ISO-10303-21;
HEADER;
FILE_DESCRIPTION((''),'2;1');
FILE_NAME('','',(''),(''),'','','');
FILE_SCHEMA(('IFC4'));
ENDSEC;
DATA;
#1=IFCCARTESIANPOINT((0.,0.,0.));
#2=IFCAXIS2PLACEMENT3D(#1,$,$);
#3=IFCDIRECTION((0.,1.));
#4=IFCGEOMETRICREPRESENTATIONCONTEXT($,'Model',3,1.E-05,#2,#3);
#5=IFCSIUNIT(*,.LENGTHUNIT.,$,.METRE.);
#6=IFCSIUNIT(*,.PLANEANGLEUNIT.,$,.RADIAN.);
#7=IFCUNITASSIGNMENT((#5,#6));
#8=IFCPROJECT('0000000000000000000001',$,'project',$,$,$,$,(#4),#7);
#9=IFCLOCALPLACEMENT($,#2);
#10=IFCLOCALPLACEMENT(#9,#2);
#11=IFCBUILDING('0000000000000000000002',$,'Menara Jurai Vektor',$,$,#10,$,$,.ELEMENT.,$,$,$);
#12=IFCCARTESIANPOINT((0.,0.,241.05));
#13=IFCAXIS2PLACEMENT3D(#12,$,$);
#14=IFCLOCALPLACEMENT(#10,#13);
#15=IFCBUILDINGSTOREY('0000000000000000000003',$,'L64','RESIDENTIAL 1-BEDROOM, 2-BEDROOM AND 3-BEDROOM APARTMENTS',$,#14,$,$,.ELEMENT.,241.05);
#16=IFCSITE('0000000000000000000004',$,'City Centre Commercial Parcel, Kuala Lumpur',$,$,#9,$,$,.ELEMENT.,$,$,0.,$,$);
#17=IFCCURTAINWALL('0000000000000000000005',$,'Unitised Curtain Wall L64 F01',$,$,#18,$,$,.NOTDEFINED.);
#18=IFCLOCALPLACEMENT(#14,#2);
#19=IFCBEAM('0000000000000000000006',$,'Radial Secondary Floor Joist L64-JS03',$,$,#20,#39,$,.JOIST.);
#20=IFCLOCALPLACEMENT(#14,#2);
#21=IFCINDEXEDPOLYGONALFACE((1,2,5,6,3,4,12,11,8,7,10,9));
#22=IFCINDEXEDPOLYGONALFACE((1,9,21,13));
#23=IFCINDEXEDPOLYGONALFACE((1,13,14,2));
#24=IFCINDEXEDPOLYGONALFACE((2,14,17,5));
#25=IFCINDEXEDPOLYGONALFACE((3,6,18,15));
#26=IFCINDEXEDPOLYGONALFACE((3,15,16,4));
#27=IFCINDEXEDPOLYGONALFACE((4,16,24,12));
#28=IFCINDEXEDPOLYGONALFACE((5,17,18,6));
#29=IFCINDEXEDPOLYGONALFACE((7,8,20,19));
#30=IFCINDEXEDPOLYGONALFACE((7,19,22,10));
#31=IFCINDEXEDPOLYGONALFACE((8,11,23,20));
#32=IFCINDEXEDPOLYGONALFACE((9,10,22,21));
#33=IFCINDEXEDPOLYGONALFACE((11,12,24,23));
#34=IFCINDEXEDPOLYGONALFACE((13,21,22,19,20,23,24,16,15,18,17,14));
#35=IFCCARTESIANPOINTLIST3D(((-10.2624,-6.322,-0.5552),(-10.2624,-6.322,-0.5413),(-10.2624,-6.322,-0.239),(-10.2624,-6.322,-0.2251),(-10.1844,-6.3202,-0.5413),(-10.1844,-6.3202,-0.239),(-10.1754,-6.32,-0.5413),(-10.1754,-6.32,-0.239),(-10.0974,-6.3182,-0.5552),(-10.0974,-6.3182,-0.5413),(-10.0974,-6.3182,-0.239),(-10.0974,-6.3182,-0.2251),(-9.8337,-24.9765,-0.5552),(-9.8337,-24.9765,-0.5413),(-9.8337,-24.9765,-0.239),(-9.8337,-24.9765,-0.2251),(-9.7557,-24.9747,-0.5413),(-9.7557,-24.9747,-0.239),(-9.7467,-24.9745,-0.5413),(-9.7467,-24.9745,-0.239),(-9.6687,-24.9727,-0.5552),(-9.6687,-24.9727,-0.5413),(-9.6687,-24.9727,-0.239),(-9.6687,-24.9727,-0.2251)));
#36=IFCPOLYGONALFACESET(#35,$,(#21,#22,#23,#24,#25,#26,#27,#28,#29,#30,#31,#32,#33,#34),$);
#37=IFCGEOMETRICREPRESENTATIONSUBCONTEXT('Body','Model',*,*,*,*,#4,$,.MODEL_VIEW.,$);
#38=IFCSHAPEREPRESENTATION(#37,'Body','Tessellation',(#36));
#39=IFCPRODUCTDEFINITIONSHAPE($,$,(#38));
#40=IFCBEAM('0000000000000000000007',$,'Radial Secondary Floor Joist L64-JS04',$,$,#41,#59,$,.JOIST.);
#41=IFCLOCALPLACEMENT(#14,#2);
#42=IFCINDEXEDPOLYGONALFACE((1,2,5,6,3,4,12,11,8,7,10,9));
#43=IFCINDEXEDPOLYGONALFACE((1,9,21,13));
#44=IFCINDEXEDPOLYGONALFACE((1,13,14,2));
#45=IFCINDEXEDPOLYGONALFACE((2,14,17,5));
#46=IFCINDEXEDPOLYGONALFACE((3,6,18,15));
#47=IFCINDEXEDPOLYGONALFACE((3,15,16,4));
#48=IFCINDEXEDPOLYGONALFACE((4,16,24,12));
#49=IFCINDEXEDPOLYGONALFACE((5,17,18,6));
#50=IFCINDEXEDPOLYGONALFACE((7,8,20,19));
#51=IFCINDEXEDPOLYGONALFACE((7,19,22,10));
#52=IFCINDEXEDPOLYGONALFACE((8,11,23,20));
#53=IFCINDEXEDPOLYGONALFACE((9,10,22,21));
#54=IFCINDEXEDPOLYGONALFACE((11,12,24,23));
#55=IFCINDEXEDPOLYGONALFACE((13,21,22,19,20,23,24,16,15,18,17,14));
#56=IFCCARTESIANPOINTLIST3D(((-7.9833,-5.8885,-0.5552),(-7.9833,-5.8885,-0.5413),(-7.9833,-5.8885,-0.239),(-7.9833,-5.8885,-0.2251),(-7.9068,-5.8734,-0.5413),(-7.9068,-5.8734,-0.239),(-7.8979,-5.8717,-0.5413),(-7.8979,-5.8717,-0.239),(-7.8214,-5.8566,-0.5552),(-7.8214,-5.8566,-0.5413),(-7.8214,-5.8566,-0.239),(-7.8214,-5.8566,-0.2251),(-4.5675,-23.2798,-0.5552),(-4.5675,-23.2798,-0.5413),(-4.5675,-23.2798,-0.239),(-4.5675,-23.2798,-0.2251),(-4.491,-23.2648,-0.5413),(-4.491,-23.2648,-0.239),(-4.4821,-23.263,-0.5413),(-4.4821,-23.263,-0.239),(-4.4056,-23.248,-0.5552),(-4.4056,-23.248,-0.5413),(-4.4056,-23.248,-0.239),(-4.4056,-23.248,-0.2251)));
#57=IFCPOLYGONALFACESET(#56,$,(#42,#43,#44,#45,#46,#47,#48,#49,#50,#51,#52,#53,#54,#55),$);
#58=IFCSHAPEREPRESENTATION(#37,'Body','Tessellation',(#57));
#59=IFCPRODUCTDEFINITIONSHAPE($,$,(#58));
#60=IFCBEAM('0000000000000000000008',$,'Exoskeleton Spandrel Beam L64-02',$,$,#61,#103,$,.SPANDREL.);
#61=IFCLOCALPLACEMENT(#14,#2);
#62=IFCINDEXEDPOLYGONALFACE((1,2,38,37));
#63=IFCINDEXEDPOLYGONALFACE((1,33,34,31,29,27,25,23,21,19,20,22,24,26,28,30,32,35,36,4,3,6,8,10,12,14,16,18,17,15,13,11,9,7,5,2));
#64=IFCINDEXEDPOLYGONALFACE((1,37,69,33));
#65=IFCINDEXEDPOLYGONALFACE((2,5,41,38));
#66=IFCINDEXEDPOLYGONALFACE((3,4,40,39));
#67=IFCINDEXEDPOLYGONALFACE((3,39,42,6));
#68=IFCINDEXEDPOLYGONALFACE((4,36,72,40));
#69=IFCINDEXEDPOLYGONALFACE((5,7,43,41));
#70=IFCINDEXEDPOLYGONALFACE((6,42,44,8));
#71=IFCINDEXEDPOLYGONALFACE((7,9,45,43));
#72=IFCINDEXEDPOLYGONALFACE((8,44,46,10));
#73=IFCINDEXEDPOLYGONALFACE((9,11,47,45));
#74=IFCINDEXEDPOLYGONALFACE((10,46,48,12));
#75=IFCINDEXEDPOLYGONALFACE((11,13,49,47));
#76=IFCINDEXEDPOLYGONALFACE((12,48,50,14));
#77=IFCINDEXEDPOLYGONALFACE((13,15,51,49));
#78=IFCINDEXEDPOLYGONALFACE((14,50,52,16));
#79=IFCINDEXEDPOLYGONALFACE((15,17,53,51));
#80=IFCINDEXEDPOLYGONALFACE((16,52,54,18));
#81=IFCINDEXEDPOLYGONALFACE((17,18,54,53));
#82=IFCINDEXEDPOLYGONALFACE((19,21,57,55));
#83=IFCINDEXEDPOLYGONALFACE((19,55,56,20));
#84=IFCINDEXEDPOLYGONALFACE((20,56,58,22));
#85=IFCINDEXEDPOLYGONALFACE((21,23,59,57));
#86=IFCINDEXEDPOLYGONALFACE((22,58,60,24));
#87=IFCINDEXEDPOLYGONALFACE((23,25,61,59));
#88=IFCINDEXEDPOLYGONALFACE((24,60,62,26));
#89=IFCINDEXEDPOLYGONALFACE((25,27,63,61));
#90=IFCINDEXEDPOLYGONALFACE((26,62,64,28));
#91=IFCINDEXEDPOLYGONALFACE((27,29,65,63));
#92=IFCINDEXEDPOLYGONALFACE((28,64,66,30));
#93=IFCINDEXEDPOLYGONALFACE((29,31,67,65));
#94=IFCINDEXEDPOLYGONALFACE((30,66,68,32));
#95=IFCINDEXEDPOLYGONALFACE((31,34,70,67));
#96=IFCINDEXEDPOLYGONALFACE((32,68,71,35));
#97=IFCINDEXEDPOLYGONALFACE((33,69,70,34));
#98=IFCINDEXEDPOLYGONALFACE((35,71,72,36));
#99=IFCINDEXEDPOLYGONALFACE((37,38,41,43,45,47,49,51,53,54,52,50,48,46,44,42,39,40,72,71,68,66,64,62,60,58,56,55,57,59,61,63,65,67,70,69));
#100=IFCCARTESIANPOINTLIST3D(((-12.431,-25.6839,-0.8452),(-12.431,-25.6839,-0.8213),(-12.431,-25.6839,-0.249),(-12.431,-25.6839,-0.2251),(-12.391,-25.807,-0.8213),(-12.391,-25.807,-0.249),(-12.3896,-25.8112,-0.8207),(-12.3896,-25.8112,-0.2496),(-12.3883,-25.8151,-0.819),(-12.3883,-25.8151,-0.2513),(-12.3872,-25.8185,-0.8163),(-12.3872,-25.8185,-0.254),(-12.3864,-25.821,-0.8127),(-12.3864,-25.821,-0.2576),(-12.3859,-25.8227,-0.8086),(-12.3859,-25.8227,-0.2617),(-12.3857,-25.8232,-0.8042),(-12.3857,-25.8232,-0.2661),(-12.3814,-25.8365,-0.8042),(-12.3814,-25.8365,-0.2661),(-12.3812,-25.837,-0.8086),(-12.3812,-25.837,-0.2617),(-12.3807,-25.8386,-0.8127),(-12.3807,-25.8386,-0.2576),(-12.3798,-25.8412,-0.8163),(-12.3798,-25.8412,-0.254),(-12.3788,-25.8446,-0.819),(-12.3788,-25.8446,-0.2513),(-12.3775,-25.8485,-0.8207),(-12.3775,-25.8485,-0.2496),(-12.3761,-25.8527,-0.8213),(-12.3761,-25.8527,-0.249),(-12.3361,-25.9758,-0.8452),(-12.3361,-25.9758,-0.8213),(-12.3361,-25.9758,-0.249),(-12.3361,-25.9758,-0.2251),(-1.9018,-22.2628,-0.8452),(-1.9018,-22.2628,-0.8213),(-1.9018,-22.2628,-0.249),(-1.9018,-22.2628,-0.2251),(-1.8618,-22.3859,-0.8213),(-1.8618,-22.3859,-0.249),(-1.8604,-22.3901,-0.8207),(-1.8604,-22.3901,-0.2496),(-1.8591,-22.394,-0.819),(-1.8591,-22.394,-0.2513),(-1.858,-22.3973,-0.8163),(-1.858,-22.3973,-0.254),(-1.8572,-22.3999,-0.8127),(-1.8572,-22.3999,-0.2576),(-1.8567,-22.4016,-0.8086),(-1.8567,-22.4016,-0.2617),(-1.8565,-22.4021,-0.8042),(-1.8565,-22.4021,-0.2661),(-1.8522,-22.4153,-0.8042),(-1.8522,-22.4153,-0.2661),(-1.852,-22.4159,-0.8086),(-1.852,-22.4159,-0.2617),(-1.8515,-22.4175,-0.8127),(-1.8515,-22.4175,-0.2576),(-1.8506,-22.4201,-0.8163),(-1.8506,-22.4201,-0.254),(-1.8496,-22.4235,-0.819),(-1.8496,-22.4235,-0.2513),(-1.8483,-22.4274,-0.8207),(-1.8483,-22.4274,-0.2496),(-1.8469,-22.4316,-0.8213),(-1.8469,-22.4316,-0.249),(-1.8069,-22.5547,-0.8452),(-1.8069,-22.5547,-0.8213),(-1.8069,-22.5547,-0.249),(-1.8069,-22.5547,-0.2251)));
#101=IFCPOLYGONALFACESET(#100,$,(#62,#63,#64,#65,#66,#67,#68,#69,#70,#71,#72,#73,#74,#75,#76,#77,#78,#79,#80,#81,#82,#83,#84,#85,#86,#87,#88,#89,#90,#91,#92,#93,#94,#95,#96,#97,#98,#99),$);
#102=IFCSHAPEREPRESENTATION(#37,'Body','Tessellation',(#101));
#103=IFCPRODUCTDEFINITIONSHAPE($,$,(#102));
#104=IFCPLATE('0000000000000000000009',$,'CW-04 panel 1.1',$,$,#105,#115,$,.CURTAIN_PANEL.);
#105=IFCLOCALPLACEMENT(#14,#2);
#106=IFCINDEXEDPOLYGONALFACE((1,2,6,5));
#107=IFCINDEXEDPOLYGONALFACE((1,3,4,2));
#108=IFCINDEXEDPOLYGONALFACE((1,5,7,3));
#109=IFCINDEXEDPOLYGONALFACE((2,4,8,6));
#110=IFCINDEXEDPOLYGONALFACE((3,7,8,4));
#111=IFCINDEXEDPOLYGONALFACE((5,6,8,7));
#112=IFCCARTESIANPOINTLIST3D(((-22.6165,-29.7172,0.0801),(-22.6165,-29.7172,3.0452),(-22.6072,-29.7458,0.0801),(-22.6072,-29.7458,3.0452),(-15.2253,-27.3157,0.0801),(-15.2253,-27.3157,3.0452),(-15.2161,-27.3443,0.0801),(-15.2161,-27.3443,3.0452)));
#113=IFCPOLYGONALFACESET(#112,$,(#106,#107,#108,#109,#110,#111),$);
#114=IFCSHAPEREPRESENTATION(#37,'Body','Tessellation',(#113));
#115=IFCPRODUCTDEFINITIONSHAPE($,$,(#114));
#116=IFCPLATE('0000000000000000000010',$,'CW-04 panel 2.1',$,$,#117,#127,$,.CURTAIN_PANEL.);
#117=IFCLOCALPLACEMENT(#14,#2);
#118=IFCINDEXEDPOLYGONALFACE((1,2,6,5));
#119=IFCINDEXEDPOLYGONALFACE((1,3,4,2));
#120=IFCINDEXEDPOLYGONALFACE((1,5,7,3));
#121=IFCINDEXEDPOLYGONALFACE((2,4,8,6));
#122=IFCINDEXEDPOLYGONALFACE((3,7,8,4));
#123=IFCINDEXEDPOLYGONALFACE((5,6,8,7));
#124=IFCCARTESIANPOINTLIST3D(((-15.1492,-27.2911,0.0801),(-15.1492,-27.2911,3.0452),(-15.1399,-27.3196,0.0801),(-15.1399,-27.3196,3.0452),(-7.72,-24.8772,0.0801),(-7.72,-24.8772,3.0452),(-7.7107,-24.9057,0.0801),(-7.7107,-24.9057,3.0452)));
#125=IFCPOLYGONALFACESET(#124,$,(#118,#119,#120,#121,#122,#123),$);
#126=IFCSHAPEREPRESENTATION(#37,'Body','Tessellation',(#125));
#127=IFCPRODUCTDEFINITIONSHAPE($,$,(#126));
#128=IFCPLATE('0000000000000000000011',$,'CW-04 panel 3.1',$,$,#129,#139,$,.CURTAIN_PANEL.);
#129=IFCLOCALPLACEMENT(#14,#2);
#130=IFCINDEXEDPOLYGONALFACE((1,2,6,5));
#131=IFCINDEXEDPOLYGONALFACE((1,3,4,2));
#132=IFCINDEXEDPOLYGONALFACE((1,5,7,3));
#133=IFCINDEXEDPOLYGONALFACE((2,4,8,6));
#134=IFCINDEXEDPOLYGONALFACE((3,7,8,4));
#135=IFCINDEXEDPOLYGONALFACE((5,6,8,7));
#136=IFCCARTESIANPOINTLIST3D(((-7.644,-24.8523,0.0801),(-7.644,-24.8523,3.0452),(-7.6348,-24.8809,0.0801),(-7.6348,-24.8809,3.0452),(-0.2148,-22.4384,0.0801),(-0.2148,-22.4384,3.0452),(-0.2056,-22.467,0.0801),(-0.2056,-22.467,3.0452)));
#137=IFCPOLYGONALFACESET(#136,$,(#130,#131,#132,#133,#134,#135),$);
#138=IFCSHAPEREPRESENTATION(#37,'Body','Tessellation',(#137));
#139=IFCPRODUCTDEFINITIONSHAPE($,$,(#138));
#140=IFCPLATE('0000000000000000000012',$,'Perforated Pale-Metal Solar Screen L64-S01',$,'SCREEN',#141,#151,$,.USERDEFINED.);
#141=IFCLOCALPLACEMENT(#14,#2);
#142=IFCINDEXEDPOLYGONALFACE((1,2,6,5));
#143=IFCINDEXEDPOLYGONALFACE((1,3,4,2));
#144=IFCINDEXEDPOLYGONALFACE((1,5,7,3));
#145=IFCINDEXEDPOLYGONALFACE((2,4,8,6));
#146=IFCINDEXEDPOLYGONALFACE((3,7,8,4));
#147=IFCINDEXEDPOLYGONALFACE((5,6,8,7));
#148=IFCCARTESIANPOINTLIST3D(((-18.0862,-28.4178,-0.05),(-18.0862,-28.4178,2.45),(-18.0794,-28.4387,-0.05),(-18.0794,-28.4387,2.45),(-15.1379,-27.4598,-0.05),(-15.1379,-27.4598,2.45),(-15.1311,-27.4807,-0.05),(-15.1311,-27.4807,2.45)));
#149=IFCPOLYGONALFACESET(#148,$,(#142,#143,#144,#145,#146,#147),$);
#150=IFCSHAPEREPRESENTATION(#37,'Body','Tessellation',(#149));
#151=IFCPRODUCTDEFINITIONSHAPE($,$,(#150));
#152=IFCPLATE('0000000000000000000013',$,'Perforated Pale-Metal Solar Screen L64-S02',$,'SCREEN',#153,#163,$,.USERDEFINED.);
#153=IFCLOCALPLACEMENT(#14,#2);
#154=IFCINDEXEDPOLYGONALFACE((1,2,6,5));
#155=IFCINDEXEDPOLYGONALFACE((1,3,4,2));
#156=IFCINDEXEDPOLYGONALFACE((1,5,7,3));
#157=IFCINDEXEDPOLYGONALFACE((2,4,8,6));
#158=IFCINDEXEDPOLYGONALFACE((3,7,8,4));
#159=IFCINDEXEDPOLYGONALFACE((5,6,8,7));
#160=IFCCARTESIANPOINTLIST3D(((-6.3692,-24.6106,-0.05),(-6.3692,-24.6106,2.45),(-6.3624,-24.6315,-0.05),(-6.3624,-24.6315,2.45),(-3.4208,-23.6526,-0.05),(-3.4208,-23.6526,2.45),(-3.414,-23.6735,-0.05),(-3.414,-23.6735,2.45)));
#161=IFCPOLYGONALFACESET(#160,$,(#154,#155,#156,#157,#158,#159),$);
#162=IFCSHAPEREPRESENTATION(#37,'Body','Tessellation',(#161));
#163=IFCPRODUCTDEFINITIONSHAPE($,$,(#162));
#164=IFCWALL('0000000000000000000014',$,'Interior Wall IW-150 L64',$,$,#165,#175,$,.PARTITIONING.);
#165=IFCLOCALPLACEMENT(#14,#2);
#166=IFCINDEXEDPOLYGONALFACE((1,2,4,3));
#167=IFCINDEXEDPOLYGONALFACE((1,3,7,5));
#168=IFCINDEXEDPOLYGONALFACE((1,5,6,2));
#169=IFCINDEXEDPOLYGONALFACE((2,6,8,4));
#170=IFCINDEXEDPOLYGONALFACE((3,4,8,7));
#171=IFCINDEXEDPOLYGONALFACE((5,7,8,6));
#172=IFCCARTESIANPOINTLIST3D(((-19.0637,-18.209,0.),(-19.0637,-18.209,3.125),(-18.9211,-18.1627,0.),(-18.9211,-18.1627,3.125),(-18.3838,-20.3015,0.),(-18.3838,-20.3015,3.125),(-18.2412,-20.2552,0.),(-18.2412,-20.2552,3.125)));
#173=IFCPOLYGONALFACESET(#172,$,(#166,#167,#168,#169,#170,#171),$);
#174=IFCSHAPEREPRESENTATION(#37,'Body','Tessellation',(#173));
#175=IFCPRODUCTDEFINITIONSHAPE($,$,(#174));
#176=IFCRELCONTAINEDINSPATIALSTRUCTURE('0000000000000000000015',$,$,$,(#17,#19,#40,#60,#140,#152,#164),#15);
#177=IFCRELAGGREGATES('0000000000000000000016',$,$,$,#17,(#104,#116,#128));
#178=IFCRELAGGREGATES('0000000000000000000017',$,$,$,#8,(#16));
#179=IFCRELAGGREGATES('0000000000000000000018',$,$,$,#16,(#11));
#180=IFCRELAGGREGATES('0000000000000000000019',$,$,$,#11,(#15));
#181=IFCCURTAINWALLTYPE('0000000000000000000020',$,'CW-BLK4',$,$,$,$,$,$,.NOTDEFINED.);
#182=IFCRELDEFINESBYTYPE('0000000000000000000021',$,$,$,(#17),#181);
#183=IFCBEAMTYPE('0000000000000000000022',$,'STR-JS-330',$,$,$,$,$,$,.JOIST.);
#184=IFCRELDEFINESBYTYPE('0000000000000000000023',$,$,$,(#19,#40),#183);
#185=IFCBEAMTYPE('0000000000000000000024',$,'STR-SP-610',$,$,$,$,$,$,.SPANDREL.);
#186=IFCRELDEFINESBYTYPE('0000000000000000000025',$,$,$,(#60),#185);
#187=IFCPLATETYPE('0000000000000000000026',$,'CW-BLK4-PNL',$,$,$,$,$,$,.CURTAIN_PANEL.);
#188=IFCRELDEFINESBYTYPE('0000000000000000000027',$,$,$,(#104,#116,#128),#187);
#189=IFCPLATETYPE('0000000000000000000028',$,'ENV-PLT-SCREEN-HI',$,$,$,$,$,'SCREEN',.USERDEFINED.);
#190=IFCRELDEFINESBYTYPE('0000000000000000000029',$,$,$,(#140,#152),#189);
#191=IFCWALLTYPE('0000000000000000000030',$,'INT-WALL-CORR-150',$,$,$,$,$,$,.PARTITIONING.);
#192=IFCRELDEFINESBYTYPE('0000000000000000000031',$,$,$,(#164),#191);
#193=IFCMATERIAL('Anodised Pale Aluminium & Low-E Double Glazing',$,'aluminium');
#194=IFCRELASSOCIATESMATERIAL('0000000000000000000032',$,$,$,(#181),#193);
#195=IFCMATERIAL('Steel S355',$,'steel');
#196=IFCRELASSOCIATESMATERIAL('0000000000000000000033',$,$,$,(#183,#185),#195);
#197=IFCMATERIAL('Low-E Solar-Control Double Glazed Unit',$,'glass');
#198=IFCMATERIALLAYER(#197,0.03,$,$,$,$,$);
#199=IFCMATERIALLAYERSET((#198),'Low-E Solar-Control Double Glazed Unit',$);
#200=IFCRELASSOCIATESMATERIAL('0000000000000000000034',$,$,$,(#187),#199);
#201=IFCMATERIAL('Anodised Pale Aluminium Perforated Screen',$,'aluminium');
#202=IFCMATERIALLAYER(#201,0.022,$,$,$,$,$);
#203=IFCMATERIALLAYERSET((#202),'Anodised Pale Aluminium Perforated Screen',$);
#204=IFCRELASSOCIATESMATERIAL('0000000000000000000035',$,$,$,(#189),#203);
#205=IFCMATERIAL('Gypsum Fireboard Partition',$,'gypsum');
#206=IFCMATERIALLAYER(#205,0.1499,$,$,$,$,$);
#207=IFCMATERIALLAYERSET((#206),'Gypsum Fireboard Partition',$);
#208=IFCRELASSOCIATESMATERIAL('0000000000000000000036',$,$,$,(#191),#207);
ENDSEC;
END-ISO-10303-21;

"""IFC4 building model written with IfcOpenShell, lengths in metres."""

from ifc_helpers import new_model, si_unit, direction, frame, frame_2d, origin, origin_2d, place, context, subcontext, project, spatial, rectangle, i_section, extrude, material, layer, layer_set, material_profile, profile_set, type_object, element, aggregate, save


model = new_model("IFC4")

# Units and contexts
model_context = context("Model", 3, precision=1e-05, world=origin(), true_north=direction((0.0, 1.0)))
body_context = subcontext(model_context, "Body", "Model", "MODEL_VIEW")
ifc_project = project(units=[si_unit("LENGTHUNIT", "METRE"), si_unit("PLANEANGLEUNIT", "RADIAN")], contexts=[model_context])

# Site, building, storey
site_placement = place(None, origin())
site = spatial("IfcSite", under=ifc_project, at=site_placement, Name="City Centre Commercial Parcel, Kuala Lumpur", CompositionType="ELEMENT", RefElevation=0.0)
building_placement = place(site_placement, origin())
building = spatial("IfcBuilding", under=site, at=building_placement, Name="Menara Jurai Vektor", CompositionType="ELEMENT")
storey_placement = place(building_placement, frame((0.0, 0.0, 241.05)))
storey = spatial("IfcBuildingStorey", under=building, at=storey_placement, Name="L64", Description="RESIDENTIAL 1-BEDROOM, 2-BEDROOM AND 3-BEDROOM APARTMENTS", CompositionType="ELEMENT", Elevation=241.05)

# Curtain wall
ifc_material_1 = material(Name="Anodised Pale Aluminium & Low-E Double Glazing", Category="aluminium")
curtain_wall_type = type_object("IfcCurtainWallType", Name="CW-BLK4", PredefinedType="NOTDEFINED", material=ifc_material_1)
curtain_wall_placement = place(storey_placement, origin())
curtain_wall = element("IfcCurtainWall", 1, at=curtain_wall_placement, inside=storey, type_object=curtain_wall_type, Name="Unitised Curtain Wall L64 F01", PredefinedType="NOTDEFINED")

# Beams
ifc_material_2 = material(Name="Steel S355", Category="steel")
ifc_material_profile_1 = material_profile(ifc_material_2, i_section(OverallWidth=0.165, OverallDepth=0.3301, WebThickness=0.009, FlangeThickness=0.0139, at=origin_2d()), Name="PG 330x165x46")
ifc_profile_set_1 = profile_set([ifc_material_profile_1], Name="Steel S355")
beam_type_1 = type_object("IfcBeamType", Name="STR-JS-330", PredefinedType="JOIST", material=ifc_profile_set_1)
beam_1_placement = place(storey_placement, frame((-9.7512, -24.9746, -0.3901), z_axis=(-0.022976, 0.999736, 0.0), x_axis=(-0.999736, -0.022976, 0.0)))
element("IfcBeam", 2, at=beam_1_placement, inside=storey, type_object=beam_type_1, Name="Radial Secondary Floor Joist L64-JS03", PredefinedType="JOIST", context=body_context, shape_type="SweptSolid", body=[
    extrude(i_section(OverallWidth=0.165, OverallDepth=0.3301, WebThickness=0.009, FlangeThickness=0.0139, at=origin_2d()), origin(), (0.0, 0.0, 1.0), 18.6594),
])
beam_2_placement = place(storey_placement, frame((-4.4866, -23.2639, -0.3901), z_axis=(-0.192724, 0.981253, 0.0), x_axis=(-0.981253, -0.192724, 0.0)))
element("IfcBeam", 3, at=beam_2_placement, inside=storey, type_object=beam_type_1, Name="Radial Secondary Floor Joist L64-JS04", PredefinedType="JOIST", context=body_context, shape_type="SweptSolid", body=[
    extrude(i_section(OverallWidth=0.165, OverallDepth=0.3301, WebThickness=0.009, FlangeThickness=0.0139, at=origin_2d()), origin(), (0.0, 0.0, 1.0), 17.7236),
])
ifc_material_profile_2 = material_profile(ifc_material_2, i_section(OverallWidth=0.3069, OverallDepth=0.6201, WebThickness=0.0139, FlangeThickness=0.0239, FilletRadius=0.0171, at=origin_2d()), Name="UKB 610x305x179")
ifc_profile_set_2 = profile_set([ifc_material_profile_2], Name="Steel S355")
beam_type_2 = type_object("IfcBeamType", Name="STR-SP-610", PredefinedType="SPANDREL", material=ifc_profile_set_2)
beam_3_placement = place(storey_placement, frame((-12.3835, -25.8298, -0.5352), z_axis=(0.951057, 0.309014, 0.0), x_axis=(-0.309014, 0.951057, 0.0)))
element("IfcBeam", 4, at=beam_3_placement, inside=storey, type_object=beam_type_2, Name="Exoskeleton Spandrel Beam L64-02", PredefinedType="SPANDREL", context=body_context, shape_type="SweptSolid", body=[
    extrude(i_section(OverallWidth=0.3069, OverallDepth=0.6201, WebThickness=0.0139, FlangeThickness=0.0239, FilletRadius=0.0171, at=origin_2d()), origin(), (0.0, 0.0, 1.0), 11.071),
])

# Plates
ifc_material_3 = material(Name="Low-E Solar-Control Double Glazed Unit", Category="glass")
ifc_layer_1 = layer(ifc_material_3, 0.03)
ifc_layer_set_1 = layer_set([ifc_layer_1], Name="Low-E Solar-Control Double Glazed Unit")
plate_type_1 = type_object("IfcPlateType", Name="CW-BLK4-PNL", PredefinedType="CURTAIN_PANEL", material=ifc_layer_set_1)
plate_1_placement = place(storey_placement, frame((-18.9163, -28.5308, 0.0801), z_axis=(0.0, 0.0, 1.0), x_axis=(0.951056, 0.309017, 0.0)))
plate_1 = element("IfcPlate", 5, at=plate_1_placement, type_object=plate_type_1, Name="CW-04 panel 1.1", PredefinedType="CURTAIN_PANEL", context=body_context, shape_type="SweptSolid", body=[
    extrude(rectangle(XDim=7.7715, YDim=0.03, at=origin_2d()), origin(), (0.0, 0.0, 1.0), 2.9651),
])
plate_2_placement = place(storey_placement, frame((-11.4299, -26.0984, 0.0801), z_axis=(0.0, 0.0, 1.0), x_axis=(0.951056, 0.309017, 0.0)))
plate_2 = element("IfcPlate", 6, at=plate_2_placement, type_object=plate_type_1, Name="CW-04 panel 2.1", PredefinedType="CURTAIN_PANEL", context=body_context, shape_type="SweptSolid", body=[
    extrude(rectangle(XDim=7.8115, YDim=0.03, at=origin_2d()), origin(), (0.0, 0.0, 1.0), 2.9651),
])
plate_3_placement = place(storey_placement, frame((-3.9248, -23.6597, 0.0801), z_axis=(0.0, 0.0, 1.0), x_axis=(0.951056, 0.309017, 0.0)))
plate_3 = element("IfcPlate", 7, at=plate_3_placement, type_object=plate_type_1, Name="CW-04 panel 3.1", PredefinedType="CURTAIN_PANEL", context=body_context, shape_type="SweptSolid", body=[
    extrude(rectangle(XDim=7.8115, YDim=0.03, at=origin_2d()), origin(), (0.0, 0.0, 1.0), 2.9651),
])
aggregate(curtain_wall, [plate_1, plate_2, plate_3])

# Plates
ifc_material_4 = material(Name="Anodised Pale Aluminium Perforated Screen", Category="aluminium")
ifc_layer_2 = layer(ifc_material_4, 0.022)
ifc_layer_set_2 = layer_set([ifc_layer_2], Name="Anodised Pale Aluminium Perforated Screen")
plate_type_2 = type_object("IfcPlateType", Name="ENV-PLT-SCREEN-HI", ElementType="SCREEN", PredefinedType="USERDEFINED", material=ifc_layer_set_2)
for number, where, z_axis, x_axis, name in (
    (8, (-16.6086, -27.9492, -0.05), (0.0, 0.0, 1.0), (0.951057, 0.309017, 0.0), "Perforated Pale-Metal Solar Screen L64-S01"),
    (9, (-4.8916, -24.1421, -0.05), (0.0, 0.0, 1.0), (0.951057, 0.309017, 0.0), "Perforated Pale-Metal Solar Screen L64-S02"),
):
    element("IfcPlate", number, at=place(storey_placement, frame(where, z_axis=z_axis, x_axis=x_axis)), inside=storey, type_object=plate_type_2, Name=name, ObjectType="SCREEN", PredefinedType="USERDEFINED", context=body_context, shape_type="SweptSolid", body=[
        extrude(rectangle(XDim=3.1001, YDim=0.022, at=origin_2d()), origin(), (0.0, 0.0, 1.0), 2.5),
    ])

# Shared definitions
ifc_material_5 = material(Name="Gypsum Fireboard Partition", Category="gypsum")
ifc_layer_3 = layer(ifc_material_5, 0.1499)
ifc_layer_set_3 = layer_set([ifc_layer_3], Name="Gypsum Fireboard Partition")
wall_type = type_object("IfcWallType", Name="INT-WALL-CORR-150", PredefinedType="PARTITIONING", material=ifc_layer_set_3)

# Wall
wall_1_placement = place(storey_placement, frame((-18.3125, -20.2783, 0.0), z_axis=(0.0, 0.0, 1.0), x_axis=(-0.309028, 0.951053, 0.0)))
element("IfcWall", 10, at=wall_1_placement, inside=storey, type_object=wall_type, Name="Interior Wall IW-150 L64", PredefinedType="PARTITIONING", context=body_context, shape_type="SweptSolid", body=[
    extrude(rectangle(XDim=2.2002, YDim=0.1499, at=frame_2d((1.1001, 0.0))), origin(), (0.0, 0.0, 1.0), 3.125),
])

save(model, "model.ifc")
